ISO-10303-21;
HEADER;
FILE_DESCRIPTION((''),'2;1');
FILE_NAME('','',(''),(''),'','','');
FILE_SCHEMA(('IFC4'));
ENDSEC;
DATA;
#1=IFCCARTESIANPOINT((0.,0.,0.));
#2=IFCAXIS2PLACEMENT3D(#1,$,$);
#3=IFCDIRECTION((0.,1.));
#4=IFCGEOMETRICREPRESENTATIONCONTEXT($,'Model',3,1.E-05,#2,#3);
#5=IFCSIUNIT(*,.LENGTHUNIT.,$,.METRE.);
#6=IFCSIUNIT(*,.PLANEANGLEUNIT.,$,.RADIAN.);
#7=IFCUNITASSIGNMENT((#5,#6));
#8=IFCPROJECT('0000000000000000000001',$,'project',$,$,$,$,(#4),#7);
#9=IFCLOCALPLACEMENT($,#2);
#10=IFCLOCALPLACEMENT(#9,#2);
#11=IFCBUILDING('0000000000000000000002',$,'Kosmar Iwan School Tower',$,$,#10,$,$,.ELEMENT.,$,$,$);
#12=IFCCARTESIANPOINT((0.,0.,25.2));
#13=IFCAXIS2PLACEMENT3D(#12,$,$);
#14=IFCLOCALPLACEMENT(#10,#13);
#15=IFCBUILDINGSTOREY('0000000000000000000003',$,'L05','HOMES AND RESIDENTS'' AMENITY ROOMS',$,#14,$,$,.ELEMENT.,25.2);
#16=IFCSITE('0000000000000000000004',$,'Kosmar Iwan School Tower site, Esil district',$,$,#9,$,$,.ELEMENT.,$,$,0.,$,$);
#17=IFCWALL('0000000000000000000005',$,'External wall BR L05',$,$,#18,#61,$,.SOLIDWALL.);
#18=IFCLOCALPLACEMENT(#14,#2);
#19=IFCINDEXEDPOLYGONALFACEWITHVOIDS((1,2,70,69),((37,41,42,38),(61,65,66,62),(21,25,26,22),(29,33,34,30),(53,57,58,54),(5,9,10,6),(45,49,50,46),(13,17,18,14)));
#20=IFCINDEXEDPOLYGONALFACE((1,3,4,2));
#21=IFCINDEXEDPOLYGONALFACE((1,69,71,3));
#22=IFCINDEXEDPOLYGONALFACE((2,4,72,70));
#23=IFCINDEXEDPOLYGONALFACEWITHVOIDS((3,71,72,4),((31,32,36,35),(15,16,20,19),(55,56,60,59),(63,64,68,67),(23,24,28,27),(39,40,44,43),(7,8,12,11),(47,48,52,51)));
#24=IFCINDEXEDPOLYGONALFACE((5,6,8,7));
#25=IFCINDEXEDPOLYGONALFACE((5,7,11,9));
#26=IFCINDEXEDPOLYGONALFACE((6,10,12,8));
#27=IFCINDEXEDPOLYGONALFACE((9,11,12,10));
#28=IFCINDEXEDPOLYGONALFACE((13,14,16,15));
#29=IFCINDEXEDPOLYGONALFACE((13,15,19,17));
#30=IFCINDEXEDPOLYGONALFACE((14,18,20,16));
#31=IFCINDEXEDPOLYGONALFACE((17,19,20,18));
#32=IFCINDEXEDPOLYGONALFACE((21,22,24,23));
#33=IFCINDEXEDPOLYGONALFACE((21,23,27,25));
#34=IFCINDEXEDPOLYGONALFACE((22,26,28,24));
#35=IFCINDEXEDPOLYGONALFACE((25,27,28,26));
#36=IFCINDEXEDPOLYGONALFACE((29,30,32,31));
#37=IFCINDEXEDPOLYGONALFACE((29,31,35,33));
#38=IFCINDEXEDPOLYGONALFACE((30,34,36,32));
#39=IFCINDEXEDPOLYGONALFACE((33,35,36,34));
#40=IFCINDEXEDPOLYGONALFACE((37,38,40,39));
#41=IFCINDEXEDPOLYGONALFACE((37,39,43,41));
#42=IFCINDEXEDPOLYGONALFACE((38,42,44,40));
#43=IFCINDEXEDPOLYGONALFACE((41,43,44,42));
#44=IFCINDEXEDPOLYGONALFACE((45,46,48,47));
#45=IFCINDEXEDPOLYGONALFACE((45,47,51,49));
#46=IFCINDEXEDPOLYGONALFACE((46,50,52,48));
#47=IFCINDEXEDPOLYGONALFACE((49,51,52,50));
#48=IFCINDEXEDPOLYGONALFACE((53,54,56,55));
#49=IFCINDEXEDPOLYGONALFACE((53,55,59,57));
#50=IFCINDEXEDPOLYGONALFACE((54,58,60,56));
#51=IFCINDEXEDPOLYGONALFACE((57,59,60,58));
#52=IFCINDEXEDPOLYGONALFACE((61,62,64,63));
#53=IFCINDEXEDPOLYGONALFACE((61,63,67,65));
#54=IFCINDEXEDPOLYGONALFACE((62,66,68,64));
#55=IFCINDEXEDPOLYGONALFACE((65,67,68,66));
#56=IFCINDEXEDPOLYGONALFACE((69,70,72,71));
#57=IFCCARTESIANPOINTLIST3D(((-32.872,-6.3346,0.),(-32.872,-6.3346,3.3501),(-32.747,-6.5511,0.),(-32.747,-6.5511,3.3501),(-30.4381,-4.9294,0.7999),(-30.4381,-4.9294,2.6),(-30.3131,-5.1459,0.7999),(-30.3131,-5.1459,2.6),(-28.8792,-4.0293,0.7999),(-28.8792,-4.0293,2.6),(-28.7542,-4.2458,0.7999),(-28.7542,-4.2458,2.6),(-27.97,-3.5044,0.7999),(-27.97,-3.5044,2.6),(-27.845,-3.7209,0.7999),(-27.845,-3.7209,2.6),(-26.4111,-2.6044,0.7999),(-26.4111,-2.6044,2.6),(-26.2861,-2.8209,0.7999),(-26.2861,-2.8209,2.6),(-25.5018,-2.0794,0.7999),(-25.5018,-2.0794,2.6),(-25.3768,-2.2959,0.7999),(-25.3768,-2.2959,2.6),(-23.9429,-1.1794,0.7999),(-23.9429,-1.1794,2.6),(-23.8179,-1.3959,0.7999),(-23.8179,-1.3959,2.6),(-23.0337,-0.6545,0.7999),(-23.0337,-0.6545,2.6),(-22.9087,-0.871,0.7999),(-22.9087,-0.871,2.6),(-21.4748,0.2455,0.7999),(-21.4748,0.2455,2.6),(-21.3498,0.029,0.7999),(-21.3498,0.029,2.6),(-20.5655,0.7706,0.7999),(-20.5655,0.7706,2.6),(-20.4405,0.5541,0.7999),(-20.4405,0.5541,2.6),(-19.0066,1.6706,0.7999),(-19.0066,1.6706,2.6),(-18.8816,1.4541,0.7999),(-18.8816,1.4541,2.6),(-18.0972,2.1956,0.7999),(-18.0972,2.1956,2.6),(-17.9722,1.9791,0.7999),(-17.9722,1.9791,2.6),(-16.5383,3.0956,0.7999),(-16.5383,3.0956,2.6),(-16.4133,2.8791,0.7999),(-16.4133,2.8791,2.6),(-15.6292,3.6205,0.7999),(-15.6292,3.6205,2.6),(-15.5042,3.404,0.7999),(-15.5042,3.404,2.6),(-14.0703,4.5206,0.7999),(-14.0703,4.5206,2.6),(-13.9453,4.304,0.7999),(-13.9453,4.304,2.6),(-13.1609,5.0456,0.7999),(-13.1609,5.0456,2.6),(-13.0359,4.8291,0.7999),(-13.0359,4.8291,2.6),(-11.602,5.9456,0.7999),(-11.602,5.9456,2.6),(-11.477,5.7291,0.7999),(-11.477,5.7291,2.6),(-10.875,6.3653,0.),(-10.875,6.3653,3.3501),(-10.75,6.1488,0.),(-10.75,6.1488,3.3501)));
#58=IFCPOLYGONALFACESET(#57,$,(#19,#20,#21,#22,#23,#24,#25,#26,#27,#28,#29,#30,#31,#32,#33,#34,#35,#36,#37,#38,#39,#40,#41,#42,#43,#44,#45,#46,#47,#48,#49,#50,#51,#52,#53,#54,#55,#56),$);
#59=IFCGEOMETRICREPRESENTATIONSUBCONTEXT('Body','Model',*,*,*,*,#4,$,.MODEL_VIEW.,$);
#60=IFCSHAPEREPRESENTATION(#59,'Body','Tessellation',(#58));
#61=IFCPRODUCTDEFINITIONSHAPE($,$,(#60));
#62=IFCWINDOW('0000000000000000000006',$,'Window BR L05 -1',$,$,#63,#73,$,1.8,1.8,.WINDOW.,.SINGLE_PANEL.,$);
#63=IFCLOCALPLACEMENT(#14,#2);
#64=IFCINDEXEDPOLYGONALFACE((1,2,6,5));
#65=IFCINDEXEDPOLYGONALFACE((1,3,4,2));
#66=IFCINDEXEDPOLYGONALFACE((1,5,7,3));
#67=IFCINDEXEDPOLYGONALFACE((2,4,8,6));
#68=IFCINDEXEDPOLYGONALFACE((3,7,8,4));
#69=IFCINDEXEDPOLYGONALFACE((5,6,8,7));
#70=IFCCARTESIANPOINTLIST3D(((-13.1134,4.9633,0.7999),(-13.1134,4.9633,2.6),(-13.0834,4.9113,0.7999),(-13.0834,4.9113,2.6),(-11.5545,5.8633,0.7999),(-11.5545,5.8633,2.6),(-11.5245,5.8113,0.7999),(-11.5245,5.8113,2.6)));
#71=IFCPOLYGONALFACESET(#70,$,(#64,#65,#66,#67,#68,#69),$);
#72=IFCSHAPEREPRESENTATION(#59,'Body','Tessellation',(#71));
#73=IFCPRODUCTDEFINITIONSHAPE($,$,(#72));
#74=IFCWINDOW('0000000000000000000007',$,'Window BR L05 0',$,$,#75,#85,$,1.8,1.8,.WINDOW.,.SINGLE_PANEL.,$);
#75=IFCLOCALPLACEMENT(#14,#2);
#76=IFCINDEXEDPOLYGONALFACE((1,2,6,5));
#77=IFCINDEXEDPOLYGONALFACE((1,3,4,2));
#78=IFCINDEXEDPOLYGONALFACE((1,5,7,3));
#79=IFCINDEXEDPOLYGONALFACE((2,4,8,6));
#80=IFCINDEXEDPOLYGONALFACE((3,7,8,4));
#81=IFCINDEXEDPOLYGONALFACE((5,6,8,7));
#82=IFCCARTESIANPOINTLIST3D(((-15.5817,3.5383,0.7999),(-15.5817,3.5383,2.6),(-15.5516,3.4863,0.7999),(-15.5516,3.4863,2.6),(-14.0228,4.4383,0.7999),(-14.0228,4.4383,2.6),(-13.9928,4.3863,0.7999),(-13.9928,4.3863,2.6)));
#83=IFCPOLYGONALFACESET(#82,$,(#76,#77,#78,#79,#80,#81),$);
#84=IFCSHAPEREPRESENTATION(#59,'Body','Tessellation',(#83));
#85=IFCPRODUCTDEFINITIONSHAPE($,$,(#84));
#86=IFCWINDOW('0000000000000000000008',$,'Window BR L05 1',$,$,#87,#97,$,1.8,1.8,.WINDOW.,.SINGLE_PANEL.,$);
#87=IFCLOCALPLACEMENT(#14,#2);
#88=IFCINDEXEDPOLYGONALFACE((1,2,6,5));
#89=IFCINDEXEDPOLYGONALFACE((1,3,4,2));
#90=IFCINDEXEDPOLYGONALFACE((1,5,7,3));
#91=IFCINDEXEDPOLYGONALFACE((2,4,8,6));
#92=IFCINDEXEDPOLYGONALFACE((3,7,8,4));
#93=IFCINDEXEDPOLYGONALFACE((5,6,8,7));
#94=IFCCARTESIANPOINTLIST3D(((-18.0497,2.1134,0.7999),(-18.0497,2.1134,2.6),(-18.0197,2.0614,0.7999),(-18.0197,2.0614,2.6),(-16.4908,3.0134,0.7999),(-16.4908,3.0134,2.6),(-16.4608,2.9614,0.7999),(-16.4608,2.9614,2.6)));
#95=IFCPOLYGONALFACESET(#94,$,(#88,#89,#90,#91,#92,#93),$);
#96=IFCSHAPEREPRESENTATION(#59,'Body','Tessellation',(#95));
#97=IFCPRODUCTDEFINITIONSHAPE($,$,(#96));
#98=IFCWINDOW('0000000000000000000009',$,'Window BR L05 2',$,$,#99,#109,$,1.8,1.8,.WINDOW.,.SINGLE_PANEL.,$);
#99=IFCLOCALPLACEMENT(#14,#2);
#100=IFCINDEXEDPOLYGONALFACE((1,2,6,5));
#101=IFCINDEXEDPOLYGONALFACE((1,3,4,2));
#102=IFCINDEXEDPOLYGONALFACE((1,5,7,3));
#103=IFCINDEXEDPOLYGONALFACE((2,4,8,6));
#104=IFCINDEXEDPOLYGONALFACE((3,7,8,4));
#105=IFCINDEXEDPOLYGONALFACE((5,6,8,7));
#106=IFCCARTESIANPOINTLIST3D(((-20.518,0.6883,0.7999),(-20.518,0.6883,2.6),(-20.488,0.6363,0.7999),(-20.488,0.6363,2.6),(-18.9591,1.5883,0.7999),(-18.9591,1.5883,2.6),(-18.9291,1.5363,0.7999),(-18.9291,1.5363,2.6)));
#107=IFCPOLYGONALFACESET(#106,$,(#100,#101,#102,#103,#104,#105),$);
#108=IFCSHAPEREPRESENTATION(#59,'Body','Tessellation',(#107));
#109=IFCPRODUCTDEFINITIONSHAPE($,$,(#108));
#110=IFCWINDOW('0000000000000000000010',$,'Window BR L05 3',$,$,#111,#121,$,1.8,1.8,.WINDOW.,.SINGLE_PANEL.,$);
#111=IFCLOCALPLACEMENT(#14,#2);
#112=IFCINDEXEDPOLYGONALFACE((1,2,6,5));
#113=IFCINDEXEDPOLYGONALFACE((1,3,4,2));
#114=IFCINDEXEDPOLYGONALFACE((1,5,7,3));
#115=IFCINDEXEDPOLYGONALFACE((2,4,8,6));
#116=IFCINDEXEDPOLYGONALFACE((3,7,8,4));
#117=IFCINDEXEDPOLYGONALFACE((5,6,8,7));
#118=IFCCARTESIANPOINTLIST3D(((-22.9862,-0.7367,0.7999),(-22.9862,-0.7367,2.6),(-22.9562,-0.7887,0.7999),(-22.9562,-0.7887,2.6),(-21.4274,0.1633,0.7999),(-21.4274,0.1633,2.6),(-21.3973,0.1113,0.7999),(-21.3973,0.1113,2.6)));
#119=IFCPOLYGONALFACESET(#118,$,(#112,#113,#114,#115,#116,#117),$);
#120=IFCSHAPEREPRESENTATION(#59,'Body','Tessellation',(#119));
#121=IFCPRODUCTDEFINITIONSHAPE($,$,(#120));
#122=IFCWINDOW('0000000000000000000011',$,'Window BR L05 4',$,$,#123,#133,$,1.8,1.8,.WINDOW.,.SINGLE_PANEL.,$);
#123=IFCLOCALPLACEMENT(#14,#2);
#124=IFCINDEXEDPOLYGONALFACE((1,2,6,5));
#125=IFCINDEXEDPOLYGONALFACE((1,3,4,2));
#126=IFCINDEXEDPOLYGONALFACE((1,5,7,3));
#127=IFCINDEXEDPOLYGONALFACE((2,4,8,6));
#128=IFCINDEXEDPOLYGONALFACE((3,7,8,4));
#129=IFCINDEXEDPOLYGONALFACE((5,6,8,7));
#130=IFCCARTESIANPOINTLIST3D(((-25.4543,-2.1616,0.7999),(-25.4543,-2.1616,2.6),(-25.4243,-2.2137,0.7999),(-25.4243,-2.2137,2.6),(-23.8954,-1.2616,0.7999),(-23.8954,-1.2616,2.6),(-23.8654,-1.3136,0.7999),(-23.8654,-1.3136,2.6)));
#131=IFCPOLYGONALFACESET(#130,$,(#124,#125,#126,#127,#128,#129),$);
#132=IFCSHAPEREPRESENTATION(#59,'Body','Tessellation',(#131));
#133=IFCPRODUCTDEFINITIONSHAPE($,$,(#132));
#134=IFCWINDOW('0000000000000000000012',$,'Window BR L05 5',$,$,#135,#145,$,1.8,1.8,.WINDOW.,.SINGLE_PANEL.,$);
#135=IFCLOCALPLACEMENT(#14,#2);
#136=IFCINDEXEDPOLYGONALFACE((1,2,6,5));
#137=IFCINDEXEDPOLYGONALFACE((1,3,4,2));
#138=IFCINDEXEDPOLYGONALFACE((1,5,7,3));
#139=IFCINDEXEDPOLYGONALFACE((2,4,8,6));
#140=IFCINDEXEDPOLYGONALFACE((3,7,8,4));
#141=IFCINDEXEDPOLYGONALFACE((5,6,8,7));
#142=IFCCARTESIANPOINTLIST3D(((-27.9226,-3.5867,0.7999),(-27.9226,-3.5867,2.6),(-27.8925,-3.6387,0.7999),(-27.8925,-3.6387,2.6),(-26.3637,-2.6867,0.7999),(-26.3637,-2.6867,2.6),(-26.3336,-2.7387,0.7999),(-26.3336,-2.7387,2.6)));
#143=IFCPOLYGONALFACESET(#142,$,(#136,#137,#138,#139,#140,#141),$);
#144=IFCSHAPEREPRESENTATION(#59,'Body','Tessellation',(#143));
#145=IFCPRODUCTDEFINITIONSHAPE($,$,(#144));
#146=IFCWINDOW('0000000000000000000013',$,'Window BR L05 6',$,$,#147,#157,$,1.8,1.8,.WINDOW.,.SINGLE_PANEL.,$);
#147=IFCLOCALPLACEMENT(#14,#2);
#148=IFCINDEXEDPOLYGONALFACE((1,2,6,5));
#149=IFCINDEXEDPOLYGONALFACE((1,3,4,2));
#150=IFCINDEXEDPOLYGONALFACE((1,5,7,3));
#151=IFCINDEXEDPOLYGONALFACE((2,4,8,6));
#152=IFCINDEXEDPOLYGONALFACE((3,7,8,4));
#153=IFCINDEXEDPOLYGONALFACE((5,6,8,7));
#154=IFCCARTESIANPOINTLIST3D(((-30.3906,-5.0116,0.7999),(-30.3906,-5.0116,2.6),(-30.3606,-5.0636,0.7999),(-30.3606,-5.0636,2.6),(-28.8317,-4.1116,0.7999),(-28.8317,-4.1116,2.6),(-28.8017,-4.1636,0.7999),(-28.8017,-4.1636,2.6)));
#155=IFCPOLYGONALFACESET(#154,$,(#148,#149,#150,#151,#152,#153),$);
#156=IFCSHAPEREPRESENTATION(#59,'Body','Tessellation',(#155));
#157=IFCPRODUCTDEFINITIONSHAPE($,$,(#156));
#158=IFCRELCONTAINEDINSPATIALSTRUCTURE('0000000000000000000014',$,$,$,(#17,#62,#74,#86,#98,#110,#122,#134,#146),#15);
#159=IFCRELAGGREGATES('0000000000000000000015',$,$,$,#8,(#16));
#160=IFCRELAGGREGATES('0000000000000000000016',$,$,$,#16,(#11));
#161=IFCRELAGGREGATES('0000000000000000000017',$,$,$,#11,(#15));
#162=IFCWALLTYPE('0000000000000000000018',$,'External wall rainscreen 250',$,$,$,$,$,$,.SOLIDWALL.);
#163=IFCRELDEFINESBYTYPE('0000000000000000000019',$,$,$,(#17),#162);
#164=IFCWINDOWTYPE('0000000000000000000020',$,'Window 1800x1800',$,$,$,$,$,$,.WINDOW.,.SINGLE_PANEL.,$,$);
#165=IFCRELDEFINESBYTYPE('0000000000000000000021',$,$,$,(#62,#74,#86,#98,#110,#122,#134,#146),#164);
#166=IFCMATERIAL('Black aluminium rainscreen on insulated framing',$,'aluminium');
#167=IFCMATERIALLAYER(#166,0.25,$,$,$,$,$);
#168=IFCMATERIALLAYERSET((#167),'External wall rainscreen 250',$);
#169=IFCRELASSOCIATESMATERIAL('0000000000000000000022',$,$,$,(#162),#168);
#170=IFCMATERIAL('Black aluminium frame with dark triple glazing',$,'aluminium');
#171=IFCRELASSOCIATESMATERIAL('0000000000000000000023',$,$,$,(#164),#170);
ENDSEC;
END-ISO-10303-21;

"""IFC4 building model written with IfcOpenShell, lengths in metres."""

from ifc_helpers import new_model, si_unit, direction, frame, frame_2d, origin, place, context, subcontext, project, spatial, rectangle, extrude, material, layer, layer_set, type_object, element, fill, save


model = new_model("IFC4")

# Units and contexts
model_context = context("Model", 3, precision=1e-05, world=origin(), true_north=direction((0.0, 1.0)))
body_context = subcontext(model_context, "Body", "Model", "MODEL_VIEW")
ifc_project = project(units=[si_unit("LENGTHUNIT", "METRE"), si_unit("PLANEANGLEUNIT", "RADIAN")], contexts=[model_context])

# Site, building, storey
site_placement = place(None, origin())
site = spatial("IfcSite", under=ifc_project, at=site_placement, Name="Kosmar Iwan School Tower site, Esil district", CompositionType="ELEMENT", RefElevation=0.0)
building_placement = place(site_placement, origin())
building = spatial("IfcBuilding", under=site, at=building_placement, Name="Kosmar Iwan School Tower", CompositionType="ELEMENT")
storey_placement = place(building_placement, frame((0.0, 0.0, 25.2)))
storey = spatial("IfcBuildingStorey", under=building, at=storey_placement, Name="L05", Description="HOMES AND RESIDENTS' AMENITY ROOMS", CompositionType="ELEMENT", Elevation=25.2)

# Wall, openings, windows
ifc_material_1 = material(Name="Black aluminium rainscreen on insulated framing", Category="aluminium")
ifc_layer = layer(ifc_material_1, 0.25)
ifc_layer_set = layer_set([ifc_layer], Name="External wall rainscreen 250")
wall_type = type_object("IfcWallType", Name="External wall rainscreen 250", PredefinedType="SOLIDWALL", material=ifc_layer_set)
ifc_material_2 = material(Name="Black aluminium frame with dark triple glazing", Category="aluminium")
window_type = type_object("IfcWindowType", Name="Window 1800x1800", PartitioningType="SINGLE_PANEL", PredefinedType="WINDOW", material=ifc_material_2)
wall_1_placement = place(storey_placement, frame((-10.8125, 6.2571, 0.0), z_axis=(0.0, 0.0, 1.0), x_axis=(-0.866026, -0.499998, 0.0)))
wall_1 = element("IfcWall", 1, at=wall_1_placement, inside=storey, type_object=wall_type, Name="External wall BR L05", PredefinedType="SOLIDWALL", context=body_context, shape_type="SweptSolid", body=[
    extrude(rectangle(XDim=25.3999, YDim=0.25, at=frame_2d((12.7, 0.0))), origin(), (0.0, 0.0, 1.0), 3.3501),
])
opening_1_placement = place(wall_1_placement, frame((0.8396, 0.0, 0.8)))
opening_1 = element("IfcOpeningElement", 2, at=opening_1_placement, cuts=wall_1, PredefinedType="OPENING", context=body_context, shape_type="SweptSolid", body=[
    extrude(rectangle(XDim=1.8, YDim=1.8, at=frame_2d((0.8999, 0.8999))), frame((0.0, 0.137, 0.0), z_axis=(0.0, -1.0, 0.0), x_axis=(1.0, 0.0, 0.0)), (0.0, 0.0, 1.0), 0.2739),
])
opening_2_placement = place(wall_1_placement, frame((3.6897, 0.0, 0.8)))
opening_2 = element("IfcOpeningElement", 3, at=opening_2_placement, cuts=wall_1, PredefinedType="OPENING", context=body_context, shape_type="SweptSolid", body=[
    extrude(rectangle(XDim=1.8, YDim=1.8, at=frame_2d((0.8999, 0.8999))), frame((0.0, 0.137, 0.0), z_axis=(0.0, -1.0, 0.0), x_axis=(1.0, 0.0, 0.0)), (0.0, 0.0, 1.0), 0.2739),
])
opening_3_placement = place(wall_1_placement, frame((6.5396, 0.0, 0.8)))
opening_3 = element("IfcOpeningElement", 4, at=opening_3_placement, cuts=wall_1, PredefinedType="OPENING", context=body_context, shape_type="SweptSolid", body=[
    extrude(rectangle(XDim=1.8, YDim=1.8, at=frame_2d((0.8999, 0.8999))), frame((0.0, 0.137, 0.0), z_axis=(0.0, -1.0, 0.0), x_axis=(1.0, 0.0, 0.0)), (0.0, 0.0, 1.0), 0.2739),
])
opening_4_placement = place(wall_1_placement, frame((9.3896, 0.0, 0.8)))
opening_4 = element("IfcOpeningElement", 5, at=opening_4_placement, cuts=wall_1, PredefinedType="OPENING", context=body_context, shape_type="SweptSolid", body=[
    extrude(rectangle(XDim=1.8, YDim=1.8, at=frame_2d((0.8999, 0.8999))), frame((0.0, 0.137, 0.0), z_axis=(0.0, -1.0, 0.0), x_axis=(1.0, 0.0, 0.0)), (0.0, 0.0, 1.0), 0.2739),
])
opening_5_placement = place(wall_1_placement, frame((12.2397, 0.0, 0.8)))
opening_5 = element("IfcOpeningElement", 6, at=opening_5_placement, cuts=wall_1, PredefinedType="OPENING", context=body_context, shape_type="SweptSolid", body=[
    extrude(rectangle(XDim=1.8, YDim=1.8, at=frame_2d((0.8999, 0.8999))), frame((0.0, 0.137, 0.0), z_axis=(0.0, -1.0, 0.0), x_axis=(1.0, 0.0, 0.0)), (0.0, 0.0, 1.0), 0.2739),
])
opening_6_placement = place(wall_1_placement, frame((15.0896, 0.0, 0.8)))
opening_6 = element("IfcOpeningElement", 7, at=opening_6_placement, cuts=wall_1, PredefinedType="OPENING", context=body_context, shape_type="SweptSolid", body=[
    extrude(rectangle(XDim=1.8, YDim=1.8, at=frame_2d((0.8999, 0.8999))), frame((0.0, 0.137, 0.0), z_axis=(0.0, -1.0, 0.0), x_axis=(1.0, 0.0, 0.0)), (0.0, 0.0, 1.0), 0.2739),
])
opening_7_placement = place(wall_1_placement, frame((17.9397, 0.0, 0.8)))
opening_7 = element("IfcOpeningElement", 8, at=opening_7_placement, cuts=wall_1, PredefinedType="OPENING", context=body_context, shape_type="SweptSolid", body=[
    extrude(rectangle(XDim=1.8, YDim=1.8, at=frame_2d((0.8999, 0.8999))), frame((0.0, 0.137, 0.0), z_axis=(0.0, -1.0, 0.0), x_axis=(1.0, 0.0, 0.0)), (0.0, 0.0, 1.0), 0.2739),
])
opening_8_placement = place(wall_1_placement, frame((20.7896, 0.0, 0.8)))
opening_8 = element("IfcOpeningElement", 9, at=opening_8_placement, cuts=wall_1, PredefinedType="OPENING", context=body_context, shape_type="SweptSolid", body=[
    extrude(rectangle(XDim=1.8, YDim=1.8, at=frame_2d((0.8999, 0.8999))), frame((0.0, 0.137, 0.0), z_axis=(0.0, -1.0, 0.0), x_axis=(1.0, 0.0, 0.0)), (0.0, 0.0, 1.0), 0.2739),
])
window_1_placement = place(opening_1_placement, origin())
window_1 = element("IfcWindow", 10, at=window_1_placement, inside=storey, type_object=window_type, Name="Window BR L05 -1", OverallHeight=1.8, OverallWidth=1.8, PartitioningType="SINGLE_PANEL", PredefinedType="WINDOW", context=body_context, shape_type="SweptSolid", body=[
    extrude(rectangle(XDim=1.8, YDim=1.8, at=frame_2d((0.8999, 0.8999))), frame((0.0, 0.03, 0.0), z_axis=(0.0, -1.0, 0.0), x_axis=(1.0, 0.0, 0.0)), (0.0, 0.0, 1.0), 0.0601),
])
fill(opening_1, window_1)
window_2_placement = place(opening_2_placement, origin())
window_2 = element("IfcWindow", 11, at=window_2_placement, inside=storey, type_object=window_type, Name="Window BR L05 0", OverallHeight=1.8, OverallWidth=1.8, PartitioningType="SINGLE_PANEL", PredefinedType="WINDOW", context=body_context, shape_type="SweptSolid", body=[
    extrude(rectangle(XDim=1.8, YDim=1.8, at=frame_2d((0.8999, 0.8999))), frame((0.0, 0.03, 0.0), z_axis=(0.0, -1.0, 0.0), x_axis=(1.0, 0.0, 0.0)), (0.0, 0.0, 1.0), 0.0601),
])
fill(opening_2, window_2)
window_3_placement = place(opening_3_placement, origin())
window_3 = element("IfcWindow", 12, at=window_3_placement, inside=storey, type_object=window_type, Name="Window BR L05 1", OverallHeight=1.8, OverallWidth=1.8, PartitioningType="SINGLE_PANEL", PredefinedType="WINDOW", context=body_context, shape_type="SweptSolid", body=[
    extrude(rectangle(XDim=1.8, YDim=1.8, at=frame_2d((0.8999, 0.8999))), frame((0.0, 0.03, 0.0), z_axis=(0.0, -1.0, 0.0), x_axis=(1.0, 0.0, 0.0)), (0.0, 0.0, 1.0), 0.0601),
])
fill(opening_3, window_3)
window_4_placement = place(opening_4_placement, origin())
window_4 = element("IfcWindow", 13, at=window_4_placement, inside=storey, type_object=window_type, Name="Window BR L05 2", OverallHeight=1.8, OverallWidth=1.8, PartitioningType="SINGLE_PANEL", PredefinedType="WINDOW", context=body_context, shape_type="SweptSolid", body=[
    extrude(rectangle(XDim=1.8, YDim=1.8, at=frame_2d((0.8999, 0.8999))), frame((0.0, 0.03, 0.0), z_axis=(0.0, -1.0, 0.0), x_axis=(1.0, 0.0, 0.0)), (0.0, 0.0, 1.0), 0.0601),
])
fill(opening_4, window_4)
window_5_placement = place(opening_5_placement, origin())
window_5 = element("IfcWindow", 14, at=window_5_placement, inside=storey, type_object=window_type, Name="Window BR L05 3", OverallHeight=1.8, OverallWidth=1.8, PartitioningType="SINGLE_PANEL", PredefinedType="WINDOW", context=body_context, shape_type="SweptSolid", body=[
    extrude(rectangle(XDim=1.8, YDim=1.8, at=frame_2d((0.8999, 0.8999))), frame((0.0, 0.03, 0.0), z_axis=(0.0, -1.0, 0.0), x_axis=(1.0, 0.0, 0.0)), (0.0, 0.0, 1.0), 0.0601),
])
fill(opening_5, window_5)
window_6_placement = place(opening_6_placement, origin())
window_6 = element("IfcWindow", 15, at=window_6_placement, inside=storey, type_object=window_type, Name="Window BR L05 4", OverallHeight=1.8, OverallWidth=1.8, PartitioningType="SINGLE_PANEL", PredefinedType="WINDOW", context=body_context, shape_type="SweptSolid", body=[
    extrude(rectangle(XDim=1.8, YDim=1.8, at=frame_2d((0.8999, 0.8999))), frame((0.0, 0.03, 0.0), z_axis=(0.0, -1.0, 0.0), x_axis=(1.0, 0.0, 0.0)), (0.0, 0.0, 1.0), 0.0601),
])
fill(opening_6, window_6)
window_7_placement = place(opening_7_placement, origin())
window_7 = element("IfcWindow", 16, at=window_7_placement, inside=storey, type_object=window_type, Name="Window BR L05 5", OverallHeight=1.8, OverallWidth=1.8, PartitioningType="SINGLE_PANEL", PredefinedType="WINDOW", context=body_context, shape_type="SweptSolid", body=[
    extrude(rectangle(XDim=1.8, YDim=1.8, at=frame_2d((0.8999, 0.8999))), frame((0.0, 0.03, 0.0), z_axis=(0.0, -1.0, 0.0), x_axis=(1.0, 0.0, 0.0)), (0.0, 0.0, 1.0), 0.0601),
])
fill(opening_7, window_7)
window_8_placement = place(opening_8_placement, origin())
window_8 = element("IfcWindow", 17, at=window_8_placement, inside=storey, type_object=window_type, Name="Window BR L05 6", OverallHeight=1.8, OverallWidth=1.8, PartitioningType="SINGLE_PANEL", PredefinedType="WINDOW", context=body_context, shape_type="SweptSolid", body=[
    extrude(rectangle(XDim=1.8, YDim=1.8, at=frame_2d((0.8999, 0.8999))), frame((0.0, 0.03, 0.0), z_axis=(0.0, -1.0, 0.0), x_axis=(1.0, 0.0, 0.0)), (0.0, 0.0, 1.0), 0.0601),
])
fill(opening_8, window_8)

save(model, "model.ifc")
